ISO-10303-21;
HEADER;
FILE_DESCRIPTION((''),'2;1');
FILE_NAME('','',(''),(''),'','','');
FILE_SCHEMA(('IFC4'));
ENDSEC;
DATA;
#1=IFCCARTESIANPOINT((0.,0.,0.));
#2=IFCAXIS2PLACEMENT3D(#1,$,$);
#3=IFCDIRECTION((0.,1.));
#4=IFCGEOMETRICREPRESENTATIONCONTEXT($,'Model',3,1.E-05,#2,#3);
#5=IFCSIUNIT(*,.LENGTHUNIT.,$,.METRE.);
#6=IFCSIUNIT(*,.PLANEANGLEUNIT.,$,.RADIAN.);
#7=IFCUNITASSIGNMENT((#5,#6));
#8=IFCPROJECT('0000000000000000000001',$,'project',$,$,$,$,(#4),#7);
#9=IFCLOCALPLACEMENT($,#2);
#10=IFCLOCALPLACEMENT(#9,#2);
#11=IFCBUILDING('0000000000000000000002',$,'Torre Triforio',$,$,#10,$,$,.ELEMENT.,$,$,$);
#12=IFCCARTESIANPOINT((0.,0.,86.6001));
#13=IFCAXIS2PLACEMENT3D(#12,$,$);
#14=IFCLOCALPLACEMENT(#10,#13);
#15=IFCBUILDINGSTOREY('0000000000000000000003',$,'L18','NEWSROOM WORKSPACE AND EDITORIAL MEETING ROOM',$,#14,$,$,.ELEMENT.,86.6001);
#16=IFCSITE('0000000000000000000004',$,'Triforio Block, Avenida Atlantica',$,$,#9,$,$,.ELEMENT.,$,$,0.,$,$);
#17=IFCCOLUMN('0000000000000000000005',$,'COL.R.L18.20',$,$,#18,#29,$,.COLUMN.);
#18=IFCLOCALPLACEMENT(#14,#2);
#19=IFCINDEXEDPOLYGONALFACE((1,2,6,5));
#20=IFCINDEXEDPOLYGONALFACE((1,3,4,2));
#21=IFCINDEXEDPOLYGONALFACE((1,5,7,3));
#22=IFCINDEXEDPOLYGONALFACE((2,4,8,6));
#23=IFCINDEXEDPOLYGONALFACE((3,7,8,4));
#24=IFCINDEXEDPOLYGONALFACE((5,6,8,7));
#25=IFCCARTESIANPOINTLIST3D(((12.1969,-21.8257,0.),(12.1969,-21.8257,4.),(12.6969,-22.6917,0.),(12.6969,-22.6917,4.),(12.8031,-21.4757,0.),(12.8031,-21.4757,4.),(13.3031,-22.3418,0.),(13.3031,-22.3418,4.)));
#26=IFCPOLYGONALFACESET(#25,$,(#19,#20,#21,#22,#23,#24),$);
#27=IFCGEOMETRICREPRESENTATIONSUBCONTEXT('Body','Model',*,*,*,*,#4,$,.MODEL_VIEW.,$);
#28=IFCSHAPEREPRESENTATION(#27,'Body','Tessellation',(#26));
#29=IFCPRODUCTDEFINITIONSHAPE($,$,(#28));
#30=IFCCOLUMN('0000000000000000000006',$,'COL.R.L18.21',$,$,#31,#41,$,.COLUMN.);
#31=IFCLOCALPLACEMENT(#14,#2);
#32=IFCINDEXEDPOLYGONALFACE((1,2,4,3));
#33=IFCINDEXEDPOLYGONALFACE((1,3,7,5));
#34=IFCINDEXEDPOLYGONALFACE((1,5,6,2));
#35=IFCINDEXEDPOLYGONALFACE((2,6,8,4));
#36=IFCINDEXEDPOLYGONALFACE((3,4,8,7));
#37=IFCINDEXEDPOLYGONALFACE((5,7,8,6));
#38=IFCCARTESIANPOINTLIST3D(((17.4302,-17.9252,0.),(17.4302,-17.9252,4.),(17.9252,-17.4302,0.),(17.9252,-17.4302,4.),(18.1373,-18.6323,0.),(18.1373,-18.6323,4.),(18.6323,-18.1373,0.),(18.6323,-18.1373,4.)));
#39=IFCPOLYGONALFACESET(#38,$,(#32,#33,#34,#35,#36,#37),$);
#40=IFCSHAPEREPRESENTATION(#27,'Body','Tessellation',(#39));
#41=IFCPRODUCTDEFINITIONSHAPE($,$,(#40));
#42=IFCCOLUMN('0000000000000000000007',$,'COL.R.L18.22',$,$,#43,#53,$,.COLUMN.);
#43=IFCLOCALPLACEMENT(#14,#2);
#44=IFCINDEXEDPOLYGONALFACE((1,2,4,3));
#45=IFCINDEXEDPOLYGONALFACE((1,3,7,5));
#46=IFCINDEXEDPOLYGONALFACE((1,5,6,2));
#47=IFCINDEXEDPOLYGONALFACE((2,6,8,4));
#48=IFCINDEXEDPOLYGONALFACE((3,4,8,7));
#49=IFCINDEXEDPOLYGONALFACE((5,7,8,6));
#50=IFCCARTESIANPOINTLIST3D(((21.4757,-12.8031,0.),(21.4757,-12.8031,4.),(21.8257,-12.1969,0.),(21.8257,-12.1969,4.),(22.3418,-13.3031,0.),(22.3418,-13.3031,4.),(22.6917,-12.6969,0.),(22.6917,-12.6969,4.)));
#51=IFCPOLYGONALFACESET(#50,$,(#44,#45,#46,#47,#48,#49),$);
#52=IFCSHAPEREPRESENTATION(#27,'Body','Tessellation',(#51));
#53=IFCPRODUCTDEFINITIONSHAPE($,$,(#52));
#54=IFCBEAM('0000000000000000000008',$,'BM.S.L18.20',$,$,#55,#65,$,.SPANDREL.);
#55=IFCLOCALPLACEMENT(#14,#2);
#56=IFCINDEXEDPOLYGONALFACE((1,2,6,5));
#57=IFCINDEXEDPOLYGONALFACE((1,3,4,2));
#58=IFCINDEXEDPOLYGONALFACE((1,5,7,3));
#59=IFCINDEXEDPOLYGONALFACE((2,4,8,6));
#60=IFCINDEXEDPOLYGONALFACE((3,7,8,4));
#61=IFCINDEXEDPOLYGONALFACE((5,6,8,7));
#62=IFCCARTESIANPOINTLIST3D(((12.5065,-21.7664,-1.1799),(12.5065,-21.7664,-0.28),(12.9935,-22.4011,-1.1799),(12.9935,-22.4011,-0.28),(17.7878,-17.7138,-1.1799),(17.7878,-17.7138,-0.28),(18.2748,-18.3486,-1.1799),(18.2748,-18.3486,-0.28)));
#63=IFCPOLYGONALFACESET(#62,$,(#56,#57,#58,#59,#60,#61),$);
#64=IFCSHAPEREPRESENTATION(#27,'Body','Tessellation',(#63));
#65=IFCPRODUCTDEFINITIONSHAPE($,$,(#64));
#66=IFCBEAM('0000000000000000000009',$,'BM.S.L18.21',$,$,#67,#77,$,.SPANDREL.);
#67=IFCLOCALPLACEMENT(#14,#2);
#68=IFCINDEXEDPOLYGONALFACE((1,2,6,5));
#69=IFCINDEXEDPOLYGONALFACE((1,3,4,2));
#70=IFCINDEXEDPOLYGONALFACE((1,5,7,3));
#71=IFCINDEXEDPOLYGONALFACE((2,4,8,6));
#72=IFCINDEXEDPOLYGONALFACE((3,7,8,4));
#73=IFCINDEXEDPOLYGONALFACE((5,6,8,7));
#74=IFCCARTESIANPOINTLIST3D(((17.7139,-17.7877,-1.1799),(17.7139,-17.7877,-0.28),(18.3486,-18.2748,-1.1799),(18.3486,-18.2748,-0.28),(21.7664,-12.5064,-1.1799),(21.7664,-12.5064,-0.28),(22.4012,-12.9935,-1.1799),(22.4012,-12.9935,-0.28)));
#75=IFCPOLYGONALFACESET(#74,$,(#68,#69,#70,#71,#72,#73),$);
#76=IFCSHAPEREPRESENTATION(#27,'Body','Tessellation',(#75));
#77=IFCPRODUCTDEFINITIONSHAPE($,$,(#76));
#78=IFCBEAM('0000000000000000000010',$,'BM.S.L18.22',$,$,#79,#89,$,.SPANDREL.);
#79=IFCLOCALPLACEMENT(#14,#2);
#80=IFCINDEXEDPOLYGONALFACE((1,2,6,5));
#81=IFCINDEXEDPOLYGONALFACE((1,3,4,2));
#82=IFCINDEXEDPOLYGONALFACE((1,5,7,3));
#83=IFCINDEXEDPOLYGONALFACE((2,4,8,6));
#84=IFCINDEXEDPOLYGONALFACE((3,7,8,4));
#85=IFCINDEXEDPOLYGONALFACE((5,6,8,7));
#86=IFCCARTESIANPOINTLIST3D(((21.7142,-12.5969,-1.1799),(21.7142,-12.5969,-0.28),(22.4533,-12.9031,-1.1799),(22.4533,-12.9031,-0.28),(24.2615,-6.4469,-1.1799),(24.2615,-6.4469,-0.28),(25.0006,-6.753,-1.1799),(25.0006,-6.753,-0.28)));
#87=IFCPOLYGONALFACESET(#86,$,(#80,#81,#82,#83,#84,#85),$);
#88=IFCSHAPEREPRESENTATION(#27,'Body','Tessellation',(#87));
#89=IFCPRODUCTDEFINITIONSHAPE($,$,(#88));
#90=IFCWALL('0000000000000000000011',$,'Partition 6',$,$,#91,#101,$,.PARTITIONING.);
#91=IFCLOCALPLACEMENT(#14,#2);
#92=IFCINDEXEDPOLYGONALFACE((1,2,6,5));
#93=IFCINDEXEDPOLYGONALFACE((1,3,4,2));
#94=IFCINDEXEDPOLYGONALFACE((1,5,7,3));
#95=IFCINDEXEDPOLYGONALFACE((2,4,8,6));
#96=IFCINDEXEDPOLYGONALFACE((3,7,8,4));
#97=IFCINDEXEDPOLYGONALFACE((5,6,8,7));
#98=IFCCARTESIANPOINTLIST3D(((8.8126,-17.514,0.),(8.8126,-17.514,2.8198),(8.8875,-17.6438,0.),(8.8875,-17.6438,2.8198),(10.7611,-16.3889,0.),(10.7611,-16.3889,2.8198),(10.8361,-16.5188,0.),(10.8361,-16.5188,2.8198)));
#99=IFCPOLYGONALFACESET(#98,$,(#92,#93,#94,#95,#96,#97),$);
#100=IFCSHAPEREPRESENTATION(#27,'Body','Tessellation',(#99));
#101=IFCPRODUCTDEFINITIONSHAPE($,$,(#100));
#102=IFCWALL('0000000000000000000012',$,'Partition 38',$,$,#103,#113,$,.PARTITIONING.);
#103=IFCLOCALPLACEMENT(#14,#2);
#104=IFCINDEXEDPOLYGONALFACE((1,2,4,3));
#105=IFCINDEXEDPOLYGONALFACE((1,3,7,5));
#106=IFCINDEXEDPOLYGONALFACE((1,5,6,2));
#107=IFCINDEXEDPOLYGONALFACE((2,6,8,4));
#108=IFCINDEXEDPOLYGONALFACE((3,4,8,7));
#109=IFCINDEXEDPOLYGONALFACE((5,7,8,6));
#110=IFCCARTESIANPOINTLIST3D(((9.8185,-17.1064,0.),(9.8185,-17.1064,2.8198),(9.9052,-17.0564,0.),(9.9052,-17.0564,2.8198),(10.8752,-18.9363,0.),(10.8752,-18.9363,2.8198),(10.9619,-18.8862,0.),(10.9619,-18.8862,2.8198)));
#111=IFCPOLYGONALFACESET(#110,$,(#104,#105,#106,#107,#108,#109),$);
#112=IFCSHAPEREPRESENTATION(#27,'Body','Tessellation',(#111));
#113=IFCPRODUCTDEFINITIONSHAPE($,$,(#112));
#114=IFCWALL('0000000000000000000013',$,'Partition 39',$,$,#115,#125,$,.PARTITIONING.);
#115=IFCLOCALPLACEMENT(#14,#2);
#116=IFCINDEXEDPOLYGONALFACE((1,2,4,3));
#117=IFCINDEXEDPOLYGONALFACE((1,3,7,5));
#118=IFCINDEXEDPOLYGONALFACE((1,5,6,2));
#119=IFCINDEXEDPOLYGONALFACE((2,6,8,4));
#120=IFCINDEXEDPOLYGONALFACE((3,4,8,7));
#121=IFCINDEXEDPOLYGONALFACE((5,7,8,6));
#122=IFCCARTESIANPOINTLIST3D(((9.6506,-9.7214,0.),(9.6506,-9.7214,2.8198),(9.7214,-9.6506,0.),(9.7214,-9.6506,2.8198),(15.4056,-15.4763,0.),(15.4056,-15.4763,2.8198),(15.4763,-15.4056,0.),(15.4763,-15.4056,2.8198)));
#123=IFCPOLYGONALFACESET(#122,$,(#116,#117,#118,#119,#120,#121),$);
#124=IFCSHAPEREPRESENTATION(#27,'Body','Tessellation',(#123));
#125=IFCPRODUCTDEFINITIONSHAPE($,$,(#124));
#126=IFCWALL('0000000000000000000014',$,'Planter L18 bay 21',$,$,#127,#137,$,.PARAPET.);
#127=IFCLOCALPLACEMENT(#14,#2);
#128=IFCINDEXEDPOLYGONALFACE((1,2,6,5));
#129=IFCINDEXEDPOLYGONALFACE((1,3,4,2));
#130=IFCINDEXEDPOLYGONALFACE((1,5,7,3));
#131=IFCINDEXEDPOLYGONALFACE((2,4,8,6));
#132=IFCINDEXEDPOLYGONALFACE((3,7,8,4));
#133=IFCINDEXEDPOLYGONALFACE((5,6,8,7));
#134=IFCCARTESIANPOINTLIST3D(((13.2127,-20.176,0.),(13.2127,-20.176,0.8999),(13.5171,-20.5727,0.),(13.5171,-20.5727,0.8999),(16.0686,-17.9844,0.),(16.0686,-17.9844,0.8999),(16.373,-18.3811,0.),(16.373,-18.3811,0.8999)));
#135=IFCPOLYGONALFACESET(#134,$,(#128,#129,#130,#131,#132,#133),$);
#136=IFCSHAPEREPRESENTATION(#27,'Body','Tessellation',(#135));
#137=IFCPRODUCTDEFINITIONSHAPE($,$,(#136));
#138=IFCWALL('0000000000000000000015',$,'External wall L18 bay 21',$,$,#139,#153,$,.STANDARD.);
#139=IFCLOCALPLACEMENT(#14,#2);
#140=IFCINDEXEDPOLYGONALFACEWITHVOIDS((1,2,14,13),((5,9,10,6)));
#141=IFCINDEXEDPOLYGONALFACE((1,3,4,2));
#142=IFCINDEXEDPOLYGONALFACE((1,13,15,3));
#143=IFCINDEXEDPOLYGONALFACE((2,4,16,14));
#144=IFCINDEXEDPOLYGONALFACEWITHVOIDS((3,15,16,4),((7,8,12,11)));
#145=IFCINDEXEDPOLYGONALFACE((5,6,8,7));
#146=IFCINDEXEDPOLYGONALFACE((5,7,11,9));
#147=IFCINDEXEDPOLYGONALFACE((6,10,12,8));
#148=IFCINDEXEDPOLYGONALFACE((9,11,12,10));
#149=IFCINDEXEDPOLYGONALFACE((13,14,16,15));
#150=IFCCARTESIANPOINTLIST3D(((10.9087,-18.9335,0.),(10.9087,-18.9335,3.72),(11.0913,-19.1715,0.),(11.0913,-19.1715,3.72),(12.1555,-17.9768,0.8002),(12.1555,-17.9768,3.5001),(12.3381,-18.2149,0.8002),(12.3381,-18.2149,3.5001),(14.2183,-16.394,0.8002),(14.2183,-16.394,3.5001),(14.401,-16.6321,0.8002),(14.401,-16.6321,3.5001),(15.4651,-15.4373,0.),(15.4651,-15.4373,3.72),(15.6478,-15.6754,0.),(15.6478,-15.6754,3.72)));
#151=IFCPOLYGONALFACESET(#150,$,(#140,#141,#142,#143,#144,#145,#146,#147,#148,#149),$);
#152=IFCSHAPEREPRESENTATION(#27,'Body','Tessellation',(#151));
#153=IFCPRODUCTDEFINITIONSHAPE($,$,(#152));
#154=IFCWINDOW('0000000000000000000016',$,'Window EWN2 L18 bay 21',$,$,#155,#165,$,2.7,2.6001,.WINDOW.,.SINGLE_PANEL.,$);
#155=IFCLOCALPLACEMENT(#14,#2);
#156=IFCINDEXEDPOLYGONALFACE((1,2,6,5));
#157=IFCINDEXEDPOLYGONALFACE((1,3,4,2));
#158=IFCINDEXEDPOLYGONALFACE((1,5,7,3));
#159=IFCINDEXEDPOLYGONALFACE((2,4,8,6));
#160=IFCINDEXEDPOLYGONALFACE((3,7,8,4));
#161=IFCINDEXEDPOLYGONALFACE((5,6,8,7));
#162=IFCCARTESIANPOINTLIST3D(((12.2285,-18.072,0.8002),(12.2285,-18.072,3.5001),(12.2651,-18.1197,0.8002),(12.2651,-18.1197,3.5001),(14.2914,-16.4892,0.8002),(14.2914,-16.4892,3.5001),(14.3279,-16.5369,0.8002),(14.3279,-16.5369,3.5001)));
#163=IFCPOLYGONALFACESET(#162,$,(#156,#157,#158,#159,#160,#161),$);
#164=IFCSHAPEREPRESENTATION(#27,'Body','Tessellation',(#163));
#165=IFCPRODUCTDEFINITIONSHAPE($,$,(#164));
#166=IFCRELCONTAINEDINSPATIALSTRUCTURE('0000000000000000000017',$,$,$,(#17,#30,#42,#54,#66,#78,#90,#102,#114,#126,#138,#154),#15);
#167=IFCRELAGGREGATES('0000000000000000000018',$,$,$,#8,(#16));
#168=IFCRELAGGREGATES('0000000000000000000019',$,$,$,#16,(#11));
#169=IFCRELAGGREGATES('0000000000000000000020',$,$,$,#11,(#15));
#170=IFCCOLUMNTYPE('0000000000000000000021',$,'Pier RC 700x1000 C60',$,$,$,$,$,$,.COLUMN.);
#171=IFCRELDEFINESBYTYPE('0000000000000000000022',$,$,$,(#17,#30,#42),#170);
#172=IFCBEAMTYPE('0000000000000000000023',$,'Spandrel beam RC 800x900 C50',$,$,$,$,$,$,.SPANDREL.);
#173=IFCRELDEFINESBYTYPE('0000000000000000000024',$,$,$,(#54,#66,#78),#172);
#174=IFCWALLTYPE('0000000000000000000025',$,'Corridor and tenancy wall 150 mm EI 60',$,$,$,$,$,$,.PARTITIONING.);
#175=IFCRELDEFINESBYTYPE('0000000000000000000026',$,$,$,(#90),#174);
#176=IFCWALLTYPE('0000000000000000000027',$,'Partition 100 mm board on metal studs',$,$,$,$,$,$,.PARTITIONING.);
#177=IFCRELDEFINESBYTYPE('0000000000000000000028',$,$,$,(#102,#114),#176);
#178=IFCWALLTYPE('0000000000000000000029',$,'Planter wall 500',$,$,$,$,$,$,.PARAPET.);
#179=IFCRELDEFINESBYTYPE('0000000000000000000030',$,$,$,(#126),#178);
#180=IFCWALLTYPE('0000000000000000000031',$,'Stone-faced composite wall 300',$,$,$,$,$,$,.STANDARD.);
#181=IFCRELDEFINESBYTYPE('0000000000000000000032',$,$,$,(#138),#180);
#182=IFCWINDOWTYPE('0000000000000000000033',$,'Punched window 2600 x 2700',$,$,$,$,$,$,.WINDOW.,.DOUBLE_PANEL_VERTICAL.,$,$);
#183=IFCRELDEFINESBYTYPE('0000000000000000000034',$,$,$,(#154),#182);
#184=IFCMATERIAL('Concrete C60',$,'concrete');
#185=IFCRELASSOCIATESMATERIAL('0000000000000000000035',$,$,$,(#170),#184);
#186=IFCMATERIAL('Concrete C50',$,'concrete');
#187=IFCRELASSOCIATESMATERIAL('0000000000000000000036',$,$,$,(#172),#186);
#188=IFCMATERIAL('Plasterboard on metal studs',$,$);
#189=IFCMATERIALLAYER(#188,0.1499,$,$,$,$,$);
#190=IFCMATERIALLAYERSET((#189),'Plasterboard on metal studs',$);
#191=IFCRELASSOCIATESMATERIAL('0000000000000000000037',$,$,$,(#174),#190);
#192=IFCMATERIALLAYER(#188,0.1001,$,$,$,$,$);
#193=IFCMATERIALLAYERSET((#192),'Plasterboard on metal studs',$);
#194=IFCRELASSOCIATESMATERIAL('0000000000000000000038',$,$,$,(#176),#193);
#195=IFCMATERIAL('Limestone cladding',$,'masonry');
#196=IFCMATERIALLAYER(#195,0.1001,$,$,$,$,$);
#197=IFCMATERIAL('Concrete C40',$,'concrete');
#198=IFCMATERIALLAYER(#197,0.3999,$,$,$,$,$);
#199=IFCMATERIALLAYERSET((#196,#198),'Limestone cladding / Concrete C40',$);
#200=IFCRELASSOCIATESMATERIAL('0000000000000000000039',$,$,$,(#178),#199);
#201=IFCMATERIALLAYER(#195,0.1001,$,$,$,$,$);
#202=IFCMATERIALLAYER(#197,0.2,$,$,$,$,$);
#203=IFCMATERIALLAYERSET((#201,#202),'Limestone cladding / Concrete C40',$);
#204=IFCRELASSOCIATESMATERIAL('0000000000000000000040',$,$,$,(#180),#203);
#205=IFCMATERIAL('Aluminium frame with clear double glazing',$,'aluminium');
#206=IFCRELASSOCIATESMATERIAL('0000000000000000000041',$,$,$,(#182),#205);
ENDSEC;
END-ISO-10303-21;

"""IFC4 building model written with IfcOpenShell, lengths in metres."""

from ifc_helpers import new_model, si_unit, direction, frame, frame_2d, origin, origin_2d, place, context, subcontext, project, spatial, rectangle, extrude, material, layer, layer_set, material_profile, profile_set, type_object, element, fill, save


model = new_model("IFC4")

# Units and contexts
model_context = context("Model", 3, precision=1e-05, world=origin(), true_north=direction((0.0, 1.0)))
body_context = subcontext(model_context, "Body", "Model", "MODEL_VIEW")
ifc_project = project(units=[si_unit("LENGTHUNIT", "METRE"), si_unit("PLANEANGLEUNIT", "RADIAN")], contexts=[model_context])

# Site, building, storey
site_placement = place(None, origin())
site = spatial("IfcSite", under=ifc_project, at=site_placement, Name="Triforio Block, Avenida Atlantica", CompositionType="ELEMENT", RefElevation=0.0)
building_placement = place(site_placement, origin())
building = spatial("IfcBuilding", under=site, at=building_placement, Name="Torre Triforio", CompositionType="ELEMENT")
storey_placement = place(building_placement, frame((0.0, 0.0, 86.6001)))
storey = spatial("IfcBuildingStorey", under=building, at=storey_placement, Name="L18", Description="NEWSROOM WORKSPACE AND EDITORIAL MEETING ROOM", CompositionType="ELEMENT", Elevation=86.6001)

# Columns
ifc_material_1 = material(Name="Concrete C60", Category="concrete")
ifc_material_profile_1 = material_profile(ifc_material_1, rectangle(XDim=0.7, YDim=1.0, at=origin_2d()), Name="RC 700x1000")
ifc_profile_set_1 = profile_set([ifc_material_profile_1], Name="Concrete C60")
column_type = type_object("IfcColumnType", Name="Pier RC 700x1000 C60", PredefinedType="COLUMN", material=ifc_profile_set_1)
for number, where, z_axis, x_axis, name in (
    (1, (12.75, -22.0837, 0.0), (0.0, 0.0, 1.0), (0.866025, 0.5, 0.0), "COL.R.L18.20"),
    (2, (18.0312, -18.0312, 0.0), (0.0, 0.0, 1.0), (0.707107, 0.707107, 0.0), "COL.R.L18.21"),
    (3, (22.0837, -12.75, 0.0), (0.0, 0.0, 1.0), (0.5, 0.866025, 0.0), "COL.R.L18.22"),
):
    element("IfcColumn", number, at=place(storey_placement, frame(where, z_axis=z_axis, x_axis=x_axis)), inside=storey, type_object=column_type, Name=name, PredefinedType="COLUMN", context=body_context, shape_type="SweptSolid", body=[
        extrude(rectangle(XDim=0.7, YDim=1.0, at=origin_2d()), origin(), (0.0, 0.0, 1.0), 4.0),
    ])

# Beams
ifc_material_2 = material(Name="Concrete C50", Category="concrete")
ifc_material_profile_2 = material_profile(ifc_material_2, rectangle(XDim=0.8, YDim=0.8999, at=origin_2d()), Name="RC 800x900")
ifc_profile_set_2 = profile_set([ifc_material_profile_2], Name="Concrete C50")
beam_type = type_object("IfcBeamType", Name="Spandrel beam RC 800x900 C50", PredefinedType="SPANDREL", material=ifc_profile_set_2)
for number, where, z_axis, x_axis, name in (
    (4, (12.75, -22.0837, -0.73), (0.79335, 0.608766, 0.0), (-0.608766, 0.79335, 0.0), "BM.S.L18.20"),
    (5, (18.0312, -18.0312, -0.73), (0.608766, 0.79335, 0.0), (-0.79335, 0.608766, 0.0), "BM.S.L18.21"),
):
    element("IfcBeam", number, at=place(storey_placement, frame(where, z_axis=z_axis, x_axis=x_axis)), inside=storey, type_object=beam_type, Name=name, PredefinedType="SPANDREL", context=body_context, shape_type="SweptSolid", body=[
        extrude(rectangle(XDim=0.8, YDim=0.8999, at=origin_2d()), origin(), (0.0, 0.0, 1.0), 6.657),
    ])
beam_placement = place(storey_placement, frame((22.0837, -12.75, -0.73), z_axis=(0.382669, 0.923885, 0.0), x_axis=(-0.923885, 0.382669, 0.0)))
element("IfcBeam", 6, at=beam_placement, inside=storey, type_object=beam_type, Name="BM.S.L18.22", PredefinedType="SPANDREL", context=body_context, shape_type="SweptSolid", body=[
    extrude(rectangle(XDim=0.8, YDim=0.8999, at=origin_2d()), origin(), (0.0, 0.0, 1.0), 6.6567),
])

# Walls
ifc_material_3 = material(Name="Plasterboard on metal studs")
ifc_layer_1 = layer(ifc_material_3, 0.1499)
ifc_layer_set_1 = layer_set([ifc_layer_1], Name="Plasterboard on metal studs")
wall_type_1 = type_object("IfcWallType", Name="Corridor and tenancy wall 150 mm EI 60", PredefinedType="PARTITIONING", material=ifc_layer_set_1)
wall_1_placement = place(storey_placement, frame((10.7986, -16.4539, 0.0), z_axis=(0.0, 0.0, 1.0), x_axis=(-0.866018, -0.500014, 0.0)))
element("IfcWall", 7, at=wall_1_placement, inside=storey, type_object=wall_type_1, Name="Partition 6", PredefinedType="PARTITIONING", context=body_context, shape_type="SweptSolid", body=[
    extrude(rectangle(XDim=2.25, YDim=0.1499, at=frame_2d((1.125, 0.0))), origin(), (0.0, 0.0, 1.0), 2.8198),
])
ifc_layer_2 = layer(ifc_material_3, 0.1001)
ifc_layer_set_2 = layer_set([ifc_layer_2], Name="Plasterboard on metal studs")
wall_type_2 = type_object("IfcWallType", Name="Partition 100 mm board on metal studs", PredefinedType="PARTITIONING", material=ifc_layer_set_2)
wall_2_placement = place(storey_placement, frame((9.8618, -17.0813, 0.0), z_axis=(0.0, 0.0, 1.0), x_axis=(0.500066, -0.865987, 0.0)))
element("IfcWall", 8, at=wall_2_placement, inside=storey, type_object=wall_type_2, Name="Partition 38", PredefinedType="PARTITIONING", context=body_context, shape_type="SweptSolid", body=[
    extrude(rectangle(XDim=2.113, YDim=0.1001, at=frame_2d((1.0566, 0.0))), origin(), (0.0, 0.0, 1.0), 2.8198),
])
wall_3_placement = place(storey_placement, frame((9.686, -9.686, 0.0), z_axis=(0.0, 0.0, 1.0), x_axis=(0.707107, -0.707107, 0.0)))
element("IfcWall", 9, at=wall_3_placement, inside=storey, type_object=wall_type_2, Name="Partition 39", PredefinedType="PARTITIONING", context=body_context, shape_type="SweptSolid", body=[
    extrude(rectangle(XDim=8.1387, YDim=0.1001, at=frame_2d((4.0693, 0.0))), origin(), (0.0, 0.0, 1.0), 2.8198),
])
ifc_material_4 = material(Name="Limestone cladding", Category="masonry")
ifc_layer_3 = layer(ifc_material_4, 0.1001)
ifc_material_5 = material(Name="Concrete C40", Category="concrete")
ifc_layer_4 = layer(ifc_material_5, 0.3999)
ifc_layer_set_3 = layer_set([ifc_layer_3, ifc_layer_4], Name="Limestone cladding / Concrete C40")
wall_type_3 = type_object("IfcWallType", Name="Planter wall 500", PredefinedType="PARAPET", material=ifc_layer_set_3)
wall_4_placement = place(storey_placement, frame((13.365, -20.3743, 0.0), z_axis=(0.0, 0.0, 1.0), x_axis=(0.793327, 0.608796, 0.0)))
element("IfcWall", 10, at=wall_4_placement, inside=storey, type_object=wall_type_3, Name="Planter L18 bay 21", PredefinedType="PARAPET", context=body_context, shape_type="SweptSolid", body=[
    extrude(rectangle(XDim=3.5999, YDim=0.5, at=frame_2d((1.7998, 0.0))), origin(), (0.0, 0.0, 1.0), 0.8999),
])

# Wall, opening, window
ifc_layer_5 = layer(ifc_material_4, 0.1001)
ifc_layer_6 = layer(ifc_material_5, 0.2)
ifc_layer_set_4 = layer_set([ifc_layer_5, ifc_layer_6], Name="Limestone cladding / Concrete C40")
wall_type_4 = type_object("IfcWallType", Name="Stone-faced composite wall 300", PredefinedType="STANDARD", material=ifc_layer_set_4)
wall_5_placement = place(storey_placement, frame((11.0, -19.0525, 0.0), z_axis=(0.0, 0.0, 1.0), x_axis=(0.793366, 0.608745, 0.0)))
wall_5 = element("IfcWall", 11, at=wall_5_placement, inside=storey, type_object=wall_type_4, Name="External wall L18 bay 21", PredefinedType="STANDARD", context=body_context, shape_type="SweptSolid", body=[
    extrude(rectangle(XDim=5.7432, YDim=0.3, at=frame_2d((2.8716, 0.0))), origin(), (0.0, 0.0, 1.0), 3.72),
])
opening_1_placement = place(wall_5_placement, frame((1.5715, 0.0, 0.8)))
opening_1 = element("IfcOpeningElement", 12, at=opening_1_placement, cuts=wall_5, PredefinedType="OPENING", context=body_context, shape_type="SweptSolid", body=[
    extrude(rectangle(XDim=2.6001, YDim=2.7, at=frame_2d((1.3, 1.3501))), frame((0.0, 0.1599, 0.0), z_axis=(0.0, -1.0, 0.0), x_axis=(1.0, 0.0, 0.0)), (0.0, 0.0, 1.0), 0.3201),
])
ifc_material_6 = material(Name="Aluminium frame with clear double glazing", Category="aluminium")
window_type_1 = type_object("IfcWindowType", Name="Punched window 2600 x 2700", PartitioningType="DOUBLE_PANEL_VERTICAL", PredefinedType="WINDOW", material=ifc_material_6)
window_1_placement = place(opening_1_placement, origin())
window_1 = element("IfcWindow", 13, at=window_1_placement, inside=storey, type_object=window_type_1, Name="Window EWN2 L18 bay 21", OverallHeight=2.7, OverallWidth=2.6001, PartitioningType="SINGLE_PANEL", PredefinedType="WINDOW", context=body_context, shape_type="SweptSolid", body=[
    extrude(rectangle(XDim=2.6001, YDim=2.7, at=frame_2d((1.3, 1.3501))), frame((0.0, 0.03, 0.0), z_axis=(0.0, -1.0, 0.0), x_axis=(1.0, 0.0, 0.0)), (0.0, 0.0, 1.0), 0.0601),
])
fill(opening_1, window_1)

save(model, "model.ifc")
